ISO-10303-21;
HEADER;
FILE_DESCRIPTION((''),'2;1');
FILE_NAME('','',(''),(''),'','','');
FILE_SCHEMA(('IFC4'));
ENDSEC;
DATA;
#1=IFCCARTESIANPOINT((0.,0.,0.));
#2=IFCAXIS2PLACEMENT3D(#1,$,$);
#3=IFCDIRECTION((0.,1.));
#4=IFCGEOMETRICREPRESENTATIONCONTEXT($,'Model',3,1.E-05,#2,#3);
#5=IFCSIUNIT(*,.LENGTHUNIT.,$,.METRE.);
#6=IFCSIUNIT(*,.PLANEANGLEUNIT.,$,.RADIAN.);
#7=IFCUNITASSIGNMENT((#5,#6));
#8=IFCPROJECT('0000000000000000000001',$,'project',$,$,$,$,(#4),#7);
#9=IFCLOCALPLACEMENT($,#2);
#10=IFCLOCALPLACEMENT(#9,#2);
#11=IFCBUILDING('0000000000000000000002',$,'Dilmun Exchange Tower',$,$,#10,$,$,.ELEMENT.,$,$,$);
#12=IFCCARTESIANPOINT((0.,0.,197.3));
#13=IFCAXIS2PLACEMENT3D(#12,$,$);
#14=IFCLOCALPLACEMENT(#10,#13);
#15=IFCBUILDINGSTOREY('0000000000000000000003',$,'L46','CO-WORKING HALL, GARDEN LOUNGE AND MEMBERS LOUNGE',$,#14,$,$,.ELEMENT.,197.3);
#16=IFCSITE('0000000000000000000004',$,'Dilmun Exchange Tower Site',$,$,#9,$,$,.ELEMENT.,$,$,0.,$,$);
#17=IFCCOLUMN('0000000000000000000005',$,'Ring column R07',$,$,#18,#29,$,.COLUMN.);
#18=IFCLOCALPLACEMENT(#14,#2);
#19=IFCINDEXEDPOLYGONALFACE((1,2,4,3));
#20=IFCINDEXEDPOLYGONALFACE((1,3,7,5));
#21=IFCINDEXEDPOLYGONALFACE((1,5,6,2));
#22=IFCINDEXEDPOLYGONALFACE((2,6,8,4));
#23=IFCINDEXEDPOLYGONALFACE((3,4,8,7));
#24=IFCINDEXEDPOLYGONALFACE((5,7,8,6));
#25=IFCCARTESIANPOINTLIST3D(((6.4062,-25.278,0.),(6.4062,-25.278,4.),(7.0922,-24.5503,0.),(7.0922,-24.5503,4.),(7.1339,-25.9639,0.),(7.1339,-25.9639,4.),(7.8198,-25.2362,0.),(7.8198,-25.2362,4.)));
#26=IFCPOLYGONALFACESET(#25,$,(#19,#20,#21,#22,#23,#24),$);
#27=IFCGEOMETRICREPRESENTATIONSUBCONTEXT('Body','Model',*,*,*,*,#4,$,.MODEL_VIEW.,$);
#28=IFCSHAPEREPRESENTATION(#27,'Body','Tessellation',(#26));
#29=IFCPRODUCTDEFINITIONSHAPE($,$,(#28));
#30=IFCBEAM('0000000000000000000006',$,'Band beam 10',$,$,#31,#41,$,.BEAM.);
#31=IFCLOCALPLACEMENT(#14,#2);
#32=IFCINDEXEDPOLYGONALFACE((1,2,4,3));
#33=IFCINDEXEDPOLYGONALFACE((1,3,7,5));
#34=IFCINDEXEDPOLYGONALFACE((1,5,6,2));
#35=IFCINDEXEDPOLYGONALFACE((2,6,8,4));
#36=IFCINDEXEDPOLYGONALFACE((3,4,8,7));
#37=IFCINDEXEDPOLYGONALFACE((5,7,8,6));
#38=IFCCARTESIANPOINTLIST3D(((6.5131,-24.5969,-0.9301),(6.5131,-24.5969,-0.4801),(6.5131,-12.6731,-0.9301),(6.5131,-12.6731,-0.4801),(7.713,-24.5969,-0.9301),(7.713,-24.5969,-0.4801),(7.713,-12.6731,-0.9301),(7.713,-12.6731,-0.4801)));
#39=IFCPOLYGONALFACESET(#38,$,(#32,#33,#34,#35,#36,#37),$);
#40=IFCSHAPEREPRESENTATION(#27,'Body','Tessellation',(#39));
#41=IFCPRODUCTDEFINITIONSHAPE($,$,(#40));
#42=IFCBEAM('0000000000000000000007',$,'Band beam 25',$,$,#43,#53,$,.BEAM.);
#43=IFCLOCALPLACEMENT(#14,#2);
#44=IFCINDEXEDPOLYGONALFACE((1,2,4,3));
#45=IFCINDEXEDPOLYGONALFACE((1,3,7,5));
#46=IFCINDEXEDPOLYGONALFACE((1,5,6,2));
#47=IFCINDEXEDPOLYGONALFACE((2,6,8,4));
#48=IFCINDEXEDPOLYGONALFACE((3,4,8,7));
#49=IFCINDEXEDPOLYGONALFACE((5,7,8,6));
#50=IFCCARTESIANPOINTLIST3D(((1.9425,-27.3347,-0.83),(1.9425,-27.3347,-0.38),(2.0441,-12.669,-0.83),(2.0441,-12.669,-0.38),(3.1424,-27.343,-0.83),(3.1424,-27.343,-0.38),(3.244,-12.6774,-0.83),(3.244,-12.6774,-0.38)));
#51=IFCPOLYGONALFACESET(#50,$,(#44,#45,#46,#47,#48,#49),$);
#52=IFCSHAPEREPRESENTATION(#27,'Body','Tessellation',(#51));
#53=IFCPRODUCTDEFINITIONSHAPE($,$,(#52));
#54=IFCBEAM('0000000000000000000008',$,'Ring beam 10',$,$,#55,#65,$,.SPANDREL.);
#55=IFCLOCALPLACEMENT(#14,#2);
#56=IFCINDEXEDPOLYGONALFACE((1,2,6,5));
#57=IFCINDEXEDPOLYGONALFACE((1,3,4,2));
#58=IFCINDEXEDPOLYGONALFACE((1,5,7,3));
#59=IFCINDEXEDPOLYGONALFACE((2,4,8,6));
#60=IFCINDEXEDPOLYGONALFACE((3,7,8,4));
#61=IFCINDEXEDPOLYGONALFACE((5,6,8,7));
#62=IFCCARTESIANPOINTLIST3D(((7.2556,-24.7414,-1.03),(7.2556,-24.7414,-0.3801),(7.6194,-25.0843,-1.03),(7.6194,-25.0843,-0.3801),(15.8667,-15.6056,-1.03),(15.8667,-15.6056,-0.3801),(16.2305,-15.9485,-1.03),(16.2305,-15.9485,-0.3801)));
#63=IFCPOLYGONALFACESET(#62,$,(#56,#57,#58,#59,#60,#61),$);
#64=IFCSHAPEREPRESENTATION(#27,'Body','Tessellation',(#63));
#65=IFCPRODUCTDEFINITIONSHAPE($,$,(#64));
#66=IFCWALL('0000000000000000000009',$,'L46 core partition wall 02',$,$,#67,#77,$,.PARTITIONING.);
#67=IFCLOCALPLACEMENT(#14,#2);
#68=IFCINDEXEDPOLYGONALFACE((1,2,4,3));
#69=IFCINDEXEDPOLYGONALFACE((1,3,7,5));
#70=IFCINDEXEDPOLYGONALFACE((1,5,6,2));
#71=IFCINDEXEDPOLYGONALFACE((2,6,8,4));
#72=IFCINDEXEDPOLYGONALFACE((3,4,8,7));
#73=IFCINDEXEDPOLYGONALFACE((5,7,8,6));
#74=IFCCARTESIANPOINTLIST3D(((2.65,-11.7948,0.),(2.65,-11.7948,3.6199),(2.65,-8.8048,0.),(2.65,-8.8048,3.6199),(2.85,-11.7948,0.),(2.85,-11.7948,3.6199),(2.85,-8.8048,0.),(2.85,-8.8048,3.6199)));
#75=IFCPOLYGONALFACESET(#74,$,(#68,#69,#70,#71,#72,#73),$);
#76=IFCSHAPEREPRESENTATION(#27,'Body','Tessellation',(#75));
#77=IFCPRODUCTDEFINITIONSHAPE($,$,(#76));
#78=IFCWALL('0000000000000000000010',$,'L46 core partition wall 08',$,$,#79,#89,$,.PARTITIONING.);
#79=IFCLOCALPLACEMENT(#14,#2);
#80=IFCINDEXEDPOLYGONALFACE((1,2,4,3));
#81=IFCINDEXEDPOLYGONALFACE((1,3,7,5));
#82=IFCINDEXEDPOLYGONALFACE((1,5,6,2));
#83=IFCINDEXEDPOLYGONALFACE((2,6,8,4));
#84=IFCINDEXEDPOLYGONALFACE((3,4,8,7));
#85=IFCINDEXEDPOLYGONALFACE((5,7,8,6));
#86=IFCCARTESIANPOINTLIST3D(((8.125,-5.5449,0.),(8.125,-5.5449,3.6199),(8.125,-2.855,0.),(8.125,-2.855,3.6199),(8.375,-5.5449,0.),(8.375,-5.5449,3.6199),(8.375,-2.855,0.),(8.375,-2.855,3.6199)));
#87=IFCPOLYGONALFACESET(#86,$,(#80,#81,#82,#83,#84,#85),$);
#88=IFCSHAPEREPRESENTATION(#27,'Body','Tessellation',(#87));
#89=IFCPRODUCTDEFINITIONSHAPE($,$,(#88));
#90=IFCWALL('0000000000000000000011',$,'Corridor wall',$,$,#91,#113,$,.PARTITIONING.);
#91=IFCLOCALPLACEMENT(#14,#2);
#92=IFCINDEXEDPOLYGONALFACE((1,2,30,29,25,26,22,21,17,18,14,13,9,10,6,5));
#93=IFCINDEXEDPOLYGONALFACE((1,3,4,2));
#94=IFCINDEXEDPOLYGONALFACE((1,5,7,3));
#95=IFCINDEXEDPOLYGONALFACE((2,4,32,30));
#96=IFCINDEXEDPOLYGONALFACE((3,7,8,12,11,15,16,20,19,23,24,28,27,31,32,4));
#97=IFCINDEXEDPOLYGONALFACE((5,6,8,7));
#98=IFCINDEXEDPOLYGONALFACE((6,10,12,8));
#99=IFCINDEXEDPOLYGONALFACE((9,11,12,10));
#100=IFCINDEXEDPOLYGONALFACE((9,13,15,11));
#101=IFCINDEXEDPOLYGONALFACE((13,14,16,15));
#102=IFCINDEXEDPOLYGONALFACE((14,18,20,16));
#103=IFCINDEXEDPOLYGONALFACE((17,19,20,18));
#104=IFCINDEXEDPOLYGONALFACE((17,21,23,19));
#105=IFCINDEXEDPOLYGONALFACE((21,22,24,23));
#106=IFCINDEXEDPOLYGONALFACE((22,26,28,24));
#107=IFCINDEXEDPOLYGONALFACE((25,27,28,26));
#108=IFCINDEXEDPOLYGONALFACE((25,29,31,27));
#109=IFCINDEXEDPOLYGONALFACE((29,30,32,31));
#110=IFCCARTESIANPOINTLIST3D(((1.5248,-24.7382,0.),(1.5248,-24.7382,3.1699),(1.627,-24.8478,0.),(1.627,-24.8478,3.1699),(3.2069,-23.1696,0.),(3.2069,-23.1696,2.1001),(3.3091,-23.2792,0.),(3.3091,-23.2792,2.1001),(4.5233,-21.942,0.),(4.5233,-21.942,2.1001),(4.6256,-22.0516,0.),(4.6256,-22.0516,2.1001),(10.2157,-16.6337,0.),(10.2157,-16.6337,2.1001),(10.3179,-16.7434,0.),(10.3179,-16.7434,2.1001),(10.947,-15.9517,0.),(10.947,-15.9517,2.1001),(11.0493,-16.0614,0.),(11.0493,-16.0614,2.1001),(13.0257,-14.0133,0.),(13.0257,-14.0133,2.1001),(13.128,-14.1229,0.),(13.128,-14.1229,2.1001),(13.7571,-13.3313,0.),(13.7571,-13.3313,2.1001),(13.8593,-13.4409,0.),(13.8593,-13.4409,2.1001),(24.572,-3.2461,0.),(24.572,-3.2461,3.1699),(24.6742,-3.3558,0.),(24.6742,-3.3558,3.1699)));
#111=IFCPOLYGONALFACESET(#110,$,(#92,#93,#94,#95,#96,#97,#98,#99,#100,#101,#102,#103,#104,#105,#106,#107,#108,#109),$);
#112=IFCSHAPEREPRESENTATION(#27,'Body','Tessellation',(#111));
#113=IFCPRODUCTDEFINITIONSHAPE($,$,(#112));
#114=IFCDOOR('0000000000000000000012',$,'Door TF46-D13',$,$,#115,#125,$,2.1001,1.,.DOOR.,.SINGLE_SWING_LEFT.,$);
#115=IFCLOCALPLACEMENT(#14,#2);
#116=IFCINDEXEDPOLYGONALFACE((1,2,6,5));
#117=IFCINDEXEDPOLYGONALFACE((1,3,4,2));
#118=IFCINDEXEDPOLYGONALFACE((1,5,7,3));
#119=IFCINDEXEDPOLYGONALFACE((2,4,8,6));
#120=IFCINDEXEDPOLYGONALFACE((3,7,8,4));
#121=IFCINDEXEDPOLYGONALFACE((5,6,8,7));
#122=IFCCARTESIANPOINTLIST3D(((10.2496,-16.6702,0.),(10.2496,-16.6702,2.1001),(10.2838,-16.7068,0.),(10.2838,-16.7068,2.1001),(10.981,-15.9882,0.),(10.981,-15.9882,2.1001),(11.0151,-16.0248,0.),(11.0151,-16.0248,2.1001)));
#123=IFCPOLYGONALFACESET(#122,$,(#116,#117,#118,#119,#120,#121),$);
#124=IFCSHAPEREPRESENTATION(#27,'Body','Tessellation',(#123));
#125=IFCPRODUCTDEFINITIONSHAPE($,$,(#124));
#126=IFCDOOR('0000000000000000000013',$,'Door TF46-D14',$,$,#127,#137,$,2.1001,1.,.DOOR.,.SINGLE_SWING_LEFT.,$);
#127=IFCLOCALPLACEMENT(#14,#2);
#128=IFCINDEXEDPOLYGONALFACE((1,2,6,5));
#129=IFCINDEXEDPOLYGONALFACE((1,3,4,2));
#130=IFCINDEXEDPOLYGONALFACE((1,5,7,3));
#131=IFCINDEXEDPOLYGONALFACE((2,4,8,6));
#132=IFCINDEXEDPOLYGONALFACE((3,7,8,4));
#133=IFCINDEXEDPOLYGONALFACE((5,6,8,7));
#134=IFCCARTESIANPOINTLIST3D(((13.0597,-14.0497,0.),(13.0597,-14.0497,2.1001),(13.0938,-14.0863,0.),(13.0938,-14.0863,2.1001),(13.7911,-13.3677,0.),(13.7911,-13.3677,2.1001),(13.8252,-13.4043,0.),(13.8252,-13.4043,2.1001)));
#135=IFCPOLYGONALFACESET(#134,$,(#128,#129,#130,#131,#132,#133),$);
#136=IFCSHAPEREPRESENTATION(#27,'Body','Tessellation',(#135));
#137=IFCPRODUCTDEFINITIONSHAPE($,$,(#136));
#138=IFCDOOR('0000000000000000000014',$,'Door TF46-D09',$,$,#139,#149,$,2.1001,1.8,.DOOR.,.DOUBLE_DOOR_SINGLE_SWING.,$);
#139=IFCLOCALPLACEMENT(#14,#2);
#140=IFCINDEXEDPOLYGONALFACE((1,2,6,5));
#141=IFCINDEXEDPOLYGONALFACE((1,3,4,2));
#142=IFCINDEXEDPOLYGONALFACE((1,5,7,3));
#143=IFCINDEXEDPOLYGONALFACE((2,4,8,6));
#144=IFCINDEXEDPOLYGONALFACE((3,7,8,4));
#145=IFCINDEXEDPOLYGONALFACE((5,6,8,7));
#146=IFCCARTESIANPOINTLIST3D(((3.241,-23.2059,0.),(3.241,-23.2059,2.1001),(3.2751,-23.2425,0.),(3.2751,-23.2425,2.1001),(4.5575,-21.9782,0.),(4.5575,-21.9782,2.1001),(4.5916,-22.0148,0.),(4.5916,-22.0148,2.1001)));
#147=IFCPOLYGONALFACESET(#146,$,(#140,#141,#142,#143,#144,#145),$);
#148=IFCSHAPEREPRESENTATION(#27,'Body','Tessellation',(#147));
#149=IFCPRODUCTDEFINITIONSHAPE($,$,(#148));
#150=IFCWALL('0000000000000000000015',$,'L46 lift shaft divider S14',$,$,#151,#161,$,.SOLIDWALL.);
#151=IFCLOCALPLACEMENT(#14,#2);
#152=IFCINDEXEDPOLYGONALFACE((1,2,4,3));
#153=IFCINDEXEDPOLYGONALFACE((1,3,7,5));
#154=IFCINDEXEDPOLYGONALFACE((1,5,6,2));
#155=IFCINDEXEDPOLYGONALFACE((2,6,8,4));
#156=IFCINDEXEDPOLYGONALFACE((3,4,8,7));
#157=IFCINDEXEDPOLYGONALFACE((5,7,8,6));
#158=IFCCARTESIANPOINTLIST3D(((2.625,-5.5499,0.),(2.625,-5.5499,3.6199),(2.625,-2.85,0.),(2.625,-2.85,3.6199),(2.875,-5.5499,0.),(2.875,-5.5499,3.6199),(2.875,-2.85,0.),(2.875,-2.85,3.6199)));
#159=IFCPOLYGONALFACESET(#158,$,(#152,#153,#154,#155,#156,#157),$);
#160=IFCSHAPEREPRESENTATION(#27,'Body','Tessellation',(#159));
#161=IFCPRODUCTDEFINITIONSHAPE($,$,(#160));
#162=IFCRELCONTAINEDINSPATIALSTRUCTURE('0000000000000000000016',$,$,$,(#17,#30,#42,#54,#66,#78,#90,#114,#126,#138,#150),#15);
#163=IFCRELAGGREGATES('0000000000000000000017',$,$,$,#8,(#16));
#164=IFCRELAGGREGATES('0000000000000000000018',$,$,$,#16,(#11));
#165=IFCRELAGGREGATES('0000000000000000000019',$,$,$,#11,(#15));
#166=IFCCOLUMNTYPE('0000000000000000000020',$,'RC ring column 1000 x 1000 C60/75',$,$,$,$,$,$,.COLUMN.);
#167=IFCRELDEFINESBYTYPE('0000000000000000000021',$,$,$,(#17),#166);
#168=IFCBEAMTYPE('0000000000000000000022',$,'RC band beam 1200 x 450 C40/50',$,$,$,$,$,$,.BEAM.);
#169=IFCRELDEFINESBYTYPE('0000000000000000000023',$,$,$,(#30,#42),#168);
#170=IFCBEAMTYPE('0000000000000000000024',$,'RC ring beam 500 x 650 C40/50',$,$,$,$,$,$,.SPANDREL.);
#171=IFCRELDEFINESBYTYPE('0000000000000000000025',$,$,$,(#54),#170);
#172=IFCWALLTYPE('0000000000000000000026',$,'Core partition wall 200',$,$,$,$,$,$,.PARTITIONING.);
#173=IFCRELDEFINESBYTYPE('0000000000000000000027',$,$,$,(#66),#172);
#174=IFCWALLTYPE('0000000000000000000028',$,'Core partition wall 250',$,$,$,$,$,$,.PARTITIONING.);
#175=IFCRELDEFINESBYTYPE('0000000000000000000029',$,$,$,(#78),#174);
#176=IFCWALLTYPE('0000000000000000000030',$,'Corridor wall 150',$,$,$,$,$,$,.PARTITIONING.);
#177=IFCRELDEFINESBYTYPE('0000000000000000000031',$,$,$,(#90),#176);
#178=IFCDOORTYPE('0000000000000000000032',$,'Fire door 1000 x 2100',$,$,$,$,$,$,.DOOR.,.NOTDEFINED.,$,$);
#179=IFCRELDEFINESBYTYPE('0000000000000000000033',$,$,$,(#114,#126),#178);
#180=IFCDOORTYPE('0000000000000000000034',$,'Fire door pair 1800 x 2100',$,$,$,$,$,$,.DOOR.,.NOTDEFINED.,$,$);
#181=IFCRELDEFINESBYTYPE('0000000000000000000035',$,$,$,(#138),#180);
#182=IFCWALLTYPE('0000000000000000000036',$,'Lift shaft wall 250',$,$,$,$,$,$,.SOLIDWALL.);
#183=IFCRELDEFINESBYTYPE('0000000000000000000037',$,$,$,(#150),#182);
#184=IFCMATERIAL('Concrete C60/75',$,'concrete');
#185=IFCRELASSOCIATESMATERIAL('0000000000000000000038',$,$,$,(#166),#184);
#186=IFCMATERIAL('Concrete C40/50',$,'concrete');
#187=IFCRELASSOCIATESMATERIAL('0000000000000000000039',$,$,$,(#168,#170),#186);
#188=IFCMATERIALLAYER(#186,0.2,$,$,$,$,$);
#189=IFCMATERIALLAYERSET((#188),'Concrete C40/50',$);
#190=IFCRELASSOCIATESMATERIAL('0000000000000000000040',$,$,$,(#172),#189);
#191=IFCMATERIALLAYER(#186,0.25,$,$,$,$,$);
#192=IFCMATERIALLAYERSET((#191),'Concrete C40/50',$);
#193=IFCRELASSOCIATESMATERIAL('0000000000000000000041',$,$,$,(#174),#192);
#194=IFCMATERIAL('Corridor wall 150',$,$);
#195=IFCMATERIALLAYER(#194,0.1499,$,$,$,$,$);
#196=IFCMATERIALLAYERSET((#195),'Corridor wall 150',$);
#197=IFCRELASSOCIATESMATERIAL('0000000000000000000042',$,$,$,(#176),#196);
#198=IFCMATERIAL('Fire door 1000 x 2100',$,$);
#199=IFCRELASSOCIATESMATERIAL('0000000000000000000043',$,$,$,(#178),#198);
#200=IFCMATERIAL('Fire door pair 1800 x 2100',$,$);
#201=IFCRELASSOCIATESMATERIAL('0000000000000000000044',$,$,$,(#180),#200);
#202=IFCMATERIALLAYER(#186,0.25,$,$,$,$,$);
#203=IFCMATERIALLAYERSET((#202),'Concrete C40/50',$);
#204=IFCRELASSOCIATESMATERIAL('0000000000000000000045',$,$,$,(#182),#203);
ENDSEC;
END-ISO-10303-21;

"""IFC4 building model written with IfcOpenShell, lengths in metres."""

from ifc_helpers import new_model, si_unit, direction, frame, frame_2d, origin, origin_2d, place, context, subcontext, project, spatial, rectangle, extrude, material, layer, layer_set, material_profile, profile_set, type_object, element, fill, save


model = new_model("IFC4")

# Units and contexts
model_context = context("Model", 3, precision=1e-05, world=origin(), true_north=direction((0.0, 1.0)))
body_context = subcontext(model_context, "Body", "Model", "MODEL_VIEW")
ifc_project = project(units=[si_unit("LENGTHUNIT", "METRE"), si_unit("PLANEANGLEUNIT", "RADIAN")], contexts=[model_context])

# Site, building, storey
site_placement = place(None, origin())
site = spatial("IfcSite", under=ifc_project, at=site_placement, Name="Dilmun Exchange Tower Site", CompositionType="ELEMENT", RefElevation=0.0)
building_placement = place(site_placement, origin())
building = spatial("IfcBuilding", under=site, at=building_placement, Name="Dilmun Exchange Tower", CompositionType="ELEMENT")
storey_placement = place(building_placement, frame((0.0, 0.0, 197.3)))
storey = spatial("IfcBuildingStorey", under=building, at=storey_placement, Name="L46", Description="CO-WORKING HALL, GARDEN LOUNGE AND MEMBERS LOUNGE", CompositionType="ELEMENT", Elevation=197.3)

# Column
ifc_material_1 = material(Name="Concrete C60/75", Category="concrete")
ifc_material_profile_1 = material_profile(ifc_material_1, rectangle(XDim=1.0, YDim=1.0, at=origin_2d()), Name="1000 x 1000")
ifc_profile_set_1 = profile_set([ifc_material_profile_1], Name="Concrete C60/75")
column_type = type_object("IfcColumnType", Name="RC ring column 1000 x 1000 C60/75", PredefinedType="COLUMN", material=ifc_profile_set_1)
column_placement = place(storey_placement, frame((7.113, -25.2571, 0.0), z_axis=(0.0, 0.0, 1.0), x_axis=(0.685916, 0.727681, 0.0)))
element("IfcColumn", 1, at=column_placement, inside=storey, type_object=column_type, Name="Ring column R07", PredefinedType="COLUMN", context=body_context, shape_type="SweptSolid", body=[
    extrude(rectangle(XDim=1.0, YDim=1.0, at=origin_2d()), origin(), (0.0, 0.0, 1.0), 4.0),
])

# Beams
ifc_material_2 = material(Name="Concrete C40/50", Category="concrete")
ifc_material_profile_2 = material_profile(ifc_material_2, rectangle(XDim=1.2, YDim=0.45, at=origin_2d()), Name="1200 x 450")
ifc_profile_set_2 = profile_set([ifc_material_profile_2], Name="Concrete C40/50")
beam_type_1 = type_object("IfcBeamType", Name="RC band beam 1200 x 450 C40/50", PredefinedType="BEAM", material=ifc_profile_set_2)
beam_1_placement = place(storey_placement, frame((7.113, -24.5969, -0.7051), z_axis=(0.0, 1.0, 0.0), x_axis=(-1.0, 0.0, 0.0)))
element("IfcBeam", 2, at=beam_1_placement, inside=storey, type_object=beam_type_1, Name="Band beam 10", PredefinedType="BEAM", context=body_context, shape_type="SweptSolid", body=[
    extrude(rectangle(XDim=1.2, YDim=0.45, at=origin_2d()), origin(), (0.0, 0.0, 1.0), 11.9238),
])
beam_2_placement = place(storey_placement, frame((2.5425, -27.3389, -0.605), z_axis=(0.006925, 0.999976, 0.0), x_axis=(-0.999976, 0.006925, 0.0)))
element("IfcBeam", 3, at=beam_2_placement, inside=storey, type_object=beam_type_1, Name="Band beam 25", PredefinedType="BEAM", context=body_context, shape_type="SweptSolid", body=[
    extrude(rectangle(XDim=1.2, YDim=0.45, at=origin_2d()), origin(), (0.0, 0.0, 1.0), 14.666),
])
ifc_material_profile_3 = material_profile(ifc_material_2, rectangle(XDim=0.5, YDim=0.6499, at=origin_2d()), Name="500 x 650")
ifc_profile_set_3 = profile_set([ifc_material_profile_3], Name="Concrete C40/50")
beam_type_2 = type_object("IfcBeamType", Name="RC ring beam 500 x 650 C40/50", PredefinedType="SPANDREL", material=ifc_profile_set_3)
beam_3_placement = place(storey_placement, frame((7.4375, -24.9128, -0.7051), z_axis=(0.685903, 0.727693, 0.0), x_axis=(-0.727693, 0.685903, 0.0)))
element("IfcBeam", 4, at=beam_3_placement, inside=storey, type_object=beam_type_2, Name="Ring beam 10", PredefinedType="SPANDREL", context=body_context, shape_type="SweptSolid", body=[
    extrude(rectangle(XDim=0.5, YDim=0.6499, at=origin_2d()), origin(), (0.0, 0.0, 1.0), 12.5544),
])

# Walls
ifc_layer_1 = layer(ifc_material_2, 0.2)
ifc_layer_set_1 = layer_set([ifc_layer_1], Name="Concrete C40/50")
wall_type_1 = type_object("IfcWallType", Name="Core partition wall 200", PredefinedType="PARTITIONING", material=ifc_layer_set_1)
wall_1_placement = place(storey_placement, frame((2.75, -11.7949, 0.0), z_axis=(0.0, 0.0, 1.0), x_axis=(0.0, 1.0, 0.0)))
element("IfcWall", 5, at=wall_1_placement, inside=storey, type_object=wall_type_1, Name="L46 core partition wall 02", PredefinedType="PARTITIONING", context=body_context, shape_type="SweptSolid", body=[
    extrude(rectangle(XDim=2.99, YDim=0.2, at=frame_2d((1.4951, 0.0))), origin(), (0.0, 0.0, 1.0), 3.6199),
])
ifc_layer_2 = layer(ifc_material_2, 0.25)
ifc_layer_set_2 = layer_set([ifc_layer_2], Name="Concrete C40/50")
wall_type_2 = type_object("IfcWallType", Name="Core partition wall 250", PredefinedType="PARTITIONING", material=ifc_layer_set_2)
wall_2_placement = place(storey_placement, frame((8.25, -5.5449, 0.0), z_axis=(0.0, 0.0, 1.0), x_axis=(0.0, 1.0, 0.0)))
element("IfcWall", 6, at=wall_2_placement, inside=storey, type_object=wall_type_2, Name="L46 core partition wall 08", PredefinedType="PARTITIONING", context=body_context, shape_type="SweptSolid", body=[
    extrude(rectangle(XDim=2.6899, YDim=0.25, at=frame_2d((1.345, 0.0))), origin(), (0.0, 0.0, 1.0), 3.6199),
])

# Wall, openings, doors
ifc_material_3 = material(Name="Corridor wall 150")
ifc_layer_3 = layer(ifc_material_3, 0.1499)
ifc_layer_set_3 = layer_set([ifc_layer_3], Name="Corridor wall 150")
wall_type_3 = type_object("IfcWallType", Name="Corridor wall 150", PredefinedType="PARTITIONING", material=ifc_layer_set_3)
wall_3_placement = place(storey_placement, frame((1.5759, -24.793, 0.0), z_axis=(0.0, 0.0, 1.0), x_axis=(0.731351, 0.682001, 0.0)))
wall_3 = element("IfcWall", 7, at=wall_3_placement, inside=storey, type_object=wall_type_3, Name="Corridor wall", PredefinedType="PARTITIONING", context=body_context, shape_type="SweptSolid", body=[
    extrude(rectangle(XDim=31.5132, YDim=0.1499, at=frame_2d((15.7566, 0.0))), origin(), (0.0, 0.0, 1.0), 3.1699),
])
opening_1_placement = place(wall_3_placement, frame((2.3, 0.0, 0.0)))
opening_1 = element("IfcOpeningElement", 8, at=opening_1_placement, cuts=wall_3, PredefinedType="OPENING", context=body_context, shape_type="SweptSolid", body=[
    extrude(rectangle(XDim=1.8, YDim=2.1001, at=frame_2d((0.8999, 1.05))), frame((0.0, 0.085, 0.0), z_axis=(0.0, -1.0, 0.0), x_axis=(1.0, 0.0, 0.0)), (0.0, 0.0, 1.0), 0.1699),
])
opening_2_placement = place(wall_3_placement, frame((11.8833, 0.0, 0.0)))
opening_2 = element("IfcOpeningElement", 9, at=opening_2_placement, cuts=wall_3, PredefinedType="OPENING", context=body_context, shape_type="SweptSolid", body=[
    extrude(rectangle(XDim=1.0, YDim=2.1001, at=frame_2d((0.5, 1.05))), frame((0.0, 0.085, 0.0), z_axis=(0.0, -1.0, 0.0), x_axis=(1.0, 0.0, 0.0)), (0.0, 0.0, 1.0), 0.1699),
])
opening_3_placement = place(wall_3_placement, frame((15.7256, 0.0, 0.0)))
opening_3 = element("IfcOpeningElement", 10, at=opening_3_placement, cuts=wall_3, PredefinedType="OPENING", context=body_context, shape_type="SweptSolid", body=[
    extrude(rectangle(XDim=1.0, YDim=2.1001, at=frame_2d((0.5, 1.05))), frame((0.0, 0.085, 0.0), z_axis=(0.0, -1.0, 0.0), x_axis=(1.0, 0.0, 0.0)), (0.0, 0.0, 1.0), 0.1699),
])
ifc_material_4 = material(Name="Fire door 1000 x 2100")
door_type_1 = type_object("IfcDoorType", Name="Fire door 1000 x 2100", OperationType="NOTDEFINED", PredefinedType="DOOR", material=ifc_material_4)
door_1_placement = place(opening_2_placement, frame((1.0, 0.0, 0.0), z_axis=(0.0, 0.0, 1.0), x_axis=(-1.0, 0.0, 0.0)))
door_1 = element("IfcDoor", 11, at=door_1_placement, inside=storey, type_object=door_type_1, Name="Door TF46-D13", OperationType="SINGLE_SWING_LEFT", OverallHeight=2.1001, OverallWidth=1.0, PredefinedType="DOOR", context=body_context, shape_type="SweptSolid", body=[
    extrude(rectangle(XDim=1.0, YDim=2.1001, at=frame_2d((0.5, 1.05))), frame((0.0, 0.0249, 0.0), z_axis=(0.0, -1.0, 0.0), x_axis=(1.0, 0.0, 0.0)), (0.0, 0.0, 1.0), 0.05),
])
fill(opening_2, door_1)
door_2_placement = place(opening_3_placement, frame((1.0, 0.0, 0.0), z_axis=(0.0, 0.0, 1.0), x_axis=(-1.0, 0.0, 0.0)))
door_2 = element("IfcDoor", 12, at=door_2_placement, inside=storey, type_object=door_type_1, Name="Door TF46-D14", OperationType="SINGLE_SWING_LEFT", OverallHeight=2.1001, OverallWidth=1.0, PredefinedType="DOOR", context=body_context, shape_type="SweptSolid", body=[
    extrude(rectangle(XDim=1.0, YDim=2.1001, at=frame_2d((0.5, 1.05))), frame((0.0, 0.0249, 0.0), z_axis=(0.0, -1.0, 0.0), x_axis=(1.0, 0.0, 0.0)), (0.0, 0.0, 1.0), 0.05),
])
fill(opening_3, door_2)
ifc_material_5 = material(Name="Fire door pair 1800 x 2100")
door_type_2 = type_object("IfcDoorType", Name="Fire door pair 1800 x 2100", OperationType="NOTDEFINED", PredefinedType="DOOR", material=ifc_material_5)
door_3_placement = place(opening_1_placement, frame((1.8, 0.0, 0.0), z_axis=(0.0, 0.0, 1.0), x_axis=(-1.0, 0.0, 0.0)))
door_3 = element("IfcDoor", 13, at=door_3_placement, inside=storey, type_object=door_type_2, Name="Door TF46-D09", OperationType="DOUBLE_DOOR_SINGLE_SWING", OverallHeight=2.1001, OverallWidth=1.8, PredefinedType="DOOR", context=body_context, shape_type="SweptSolid", body=[
    extrude(rectangle(XDim=1.8, YDim=2.1001, at=frame_2d((0.8999, 1.05))), frame((0.0, 0.0249, 0.0), z_axis=(0.0, -1.0, 0.0), x_axis=(1.0, 0.0, 0.0)), (0.0, 0.0, 1.0), 0.05),
])
fill(opening_1, door_3)

# Wall
ifc_layer_4 = layer(ifc_material_2, 0.25)
ifc_layer_set_4 = layer_set([ifc_layer_4], Name="Concrete C40/50")
wall_type_4 = type_object("IfcWallType", Name="Lift shaft wall 250", PredefinedType="SOLIDWALL", material=ifc_layer_set_4)
for number, where, z_axis, x_axis, name in (
    (14, (2.75, -5.55, 0.0), (0.0, 0.0, 1.0), (0.0, 1.0, 0.0), "L46 lift shaft divider S14"),
):
    element("IfcWall", number, at=place(storey_placement, frame(where, z_axis=z_axis, x_axis=x_axis)), inside=storey, type_object=wall_type_4, Name=name, PredefinedType="SOLIDWALL", context=body_context, shape_type="SweptSolid", body=[
        extrude(rectangle(XDim=2.7, YDim=0.25, at=frame_2d((1.3501, 0.0))), origin(), (0.0, 0.0, 1.0), 3.6199),
    ])

save(model, "model.ifc")
